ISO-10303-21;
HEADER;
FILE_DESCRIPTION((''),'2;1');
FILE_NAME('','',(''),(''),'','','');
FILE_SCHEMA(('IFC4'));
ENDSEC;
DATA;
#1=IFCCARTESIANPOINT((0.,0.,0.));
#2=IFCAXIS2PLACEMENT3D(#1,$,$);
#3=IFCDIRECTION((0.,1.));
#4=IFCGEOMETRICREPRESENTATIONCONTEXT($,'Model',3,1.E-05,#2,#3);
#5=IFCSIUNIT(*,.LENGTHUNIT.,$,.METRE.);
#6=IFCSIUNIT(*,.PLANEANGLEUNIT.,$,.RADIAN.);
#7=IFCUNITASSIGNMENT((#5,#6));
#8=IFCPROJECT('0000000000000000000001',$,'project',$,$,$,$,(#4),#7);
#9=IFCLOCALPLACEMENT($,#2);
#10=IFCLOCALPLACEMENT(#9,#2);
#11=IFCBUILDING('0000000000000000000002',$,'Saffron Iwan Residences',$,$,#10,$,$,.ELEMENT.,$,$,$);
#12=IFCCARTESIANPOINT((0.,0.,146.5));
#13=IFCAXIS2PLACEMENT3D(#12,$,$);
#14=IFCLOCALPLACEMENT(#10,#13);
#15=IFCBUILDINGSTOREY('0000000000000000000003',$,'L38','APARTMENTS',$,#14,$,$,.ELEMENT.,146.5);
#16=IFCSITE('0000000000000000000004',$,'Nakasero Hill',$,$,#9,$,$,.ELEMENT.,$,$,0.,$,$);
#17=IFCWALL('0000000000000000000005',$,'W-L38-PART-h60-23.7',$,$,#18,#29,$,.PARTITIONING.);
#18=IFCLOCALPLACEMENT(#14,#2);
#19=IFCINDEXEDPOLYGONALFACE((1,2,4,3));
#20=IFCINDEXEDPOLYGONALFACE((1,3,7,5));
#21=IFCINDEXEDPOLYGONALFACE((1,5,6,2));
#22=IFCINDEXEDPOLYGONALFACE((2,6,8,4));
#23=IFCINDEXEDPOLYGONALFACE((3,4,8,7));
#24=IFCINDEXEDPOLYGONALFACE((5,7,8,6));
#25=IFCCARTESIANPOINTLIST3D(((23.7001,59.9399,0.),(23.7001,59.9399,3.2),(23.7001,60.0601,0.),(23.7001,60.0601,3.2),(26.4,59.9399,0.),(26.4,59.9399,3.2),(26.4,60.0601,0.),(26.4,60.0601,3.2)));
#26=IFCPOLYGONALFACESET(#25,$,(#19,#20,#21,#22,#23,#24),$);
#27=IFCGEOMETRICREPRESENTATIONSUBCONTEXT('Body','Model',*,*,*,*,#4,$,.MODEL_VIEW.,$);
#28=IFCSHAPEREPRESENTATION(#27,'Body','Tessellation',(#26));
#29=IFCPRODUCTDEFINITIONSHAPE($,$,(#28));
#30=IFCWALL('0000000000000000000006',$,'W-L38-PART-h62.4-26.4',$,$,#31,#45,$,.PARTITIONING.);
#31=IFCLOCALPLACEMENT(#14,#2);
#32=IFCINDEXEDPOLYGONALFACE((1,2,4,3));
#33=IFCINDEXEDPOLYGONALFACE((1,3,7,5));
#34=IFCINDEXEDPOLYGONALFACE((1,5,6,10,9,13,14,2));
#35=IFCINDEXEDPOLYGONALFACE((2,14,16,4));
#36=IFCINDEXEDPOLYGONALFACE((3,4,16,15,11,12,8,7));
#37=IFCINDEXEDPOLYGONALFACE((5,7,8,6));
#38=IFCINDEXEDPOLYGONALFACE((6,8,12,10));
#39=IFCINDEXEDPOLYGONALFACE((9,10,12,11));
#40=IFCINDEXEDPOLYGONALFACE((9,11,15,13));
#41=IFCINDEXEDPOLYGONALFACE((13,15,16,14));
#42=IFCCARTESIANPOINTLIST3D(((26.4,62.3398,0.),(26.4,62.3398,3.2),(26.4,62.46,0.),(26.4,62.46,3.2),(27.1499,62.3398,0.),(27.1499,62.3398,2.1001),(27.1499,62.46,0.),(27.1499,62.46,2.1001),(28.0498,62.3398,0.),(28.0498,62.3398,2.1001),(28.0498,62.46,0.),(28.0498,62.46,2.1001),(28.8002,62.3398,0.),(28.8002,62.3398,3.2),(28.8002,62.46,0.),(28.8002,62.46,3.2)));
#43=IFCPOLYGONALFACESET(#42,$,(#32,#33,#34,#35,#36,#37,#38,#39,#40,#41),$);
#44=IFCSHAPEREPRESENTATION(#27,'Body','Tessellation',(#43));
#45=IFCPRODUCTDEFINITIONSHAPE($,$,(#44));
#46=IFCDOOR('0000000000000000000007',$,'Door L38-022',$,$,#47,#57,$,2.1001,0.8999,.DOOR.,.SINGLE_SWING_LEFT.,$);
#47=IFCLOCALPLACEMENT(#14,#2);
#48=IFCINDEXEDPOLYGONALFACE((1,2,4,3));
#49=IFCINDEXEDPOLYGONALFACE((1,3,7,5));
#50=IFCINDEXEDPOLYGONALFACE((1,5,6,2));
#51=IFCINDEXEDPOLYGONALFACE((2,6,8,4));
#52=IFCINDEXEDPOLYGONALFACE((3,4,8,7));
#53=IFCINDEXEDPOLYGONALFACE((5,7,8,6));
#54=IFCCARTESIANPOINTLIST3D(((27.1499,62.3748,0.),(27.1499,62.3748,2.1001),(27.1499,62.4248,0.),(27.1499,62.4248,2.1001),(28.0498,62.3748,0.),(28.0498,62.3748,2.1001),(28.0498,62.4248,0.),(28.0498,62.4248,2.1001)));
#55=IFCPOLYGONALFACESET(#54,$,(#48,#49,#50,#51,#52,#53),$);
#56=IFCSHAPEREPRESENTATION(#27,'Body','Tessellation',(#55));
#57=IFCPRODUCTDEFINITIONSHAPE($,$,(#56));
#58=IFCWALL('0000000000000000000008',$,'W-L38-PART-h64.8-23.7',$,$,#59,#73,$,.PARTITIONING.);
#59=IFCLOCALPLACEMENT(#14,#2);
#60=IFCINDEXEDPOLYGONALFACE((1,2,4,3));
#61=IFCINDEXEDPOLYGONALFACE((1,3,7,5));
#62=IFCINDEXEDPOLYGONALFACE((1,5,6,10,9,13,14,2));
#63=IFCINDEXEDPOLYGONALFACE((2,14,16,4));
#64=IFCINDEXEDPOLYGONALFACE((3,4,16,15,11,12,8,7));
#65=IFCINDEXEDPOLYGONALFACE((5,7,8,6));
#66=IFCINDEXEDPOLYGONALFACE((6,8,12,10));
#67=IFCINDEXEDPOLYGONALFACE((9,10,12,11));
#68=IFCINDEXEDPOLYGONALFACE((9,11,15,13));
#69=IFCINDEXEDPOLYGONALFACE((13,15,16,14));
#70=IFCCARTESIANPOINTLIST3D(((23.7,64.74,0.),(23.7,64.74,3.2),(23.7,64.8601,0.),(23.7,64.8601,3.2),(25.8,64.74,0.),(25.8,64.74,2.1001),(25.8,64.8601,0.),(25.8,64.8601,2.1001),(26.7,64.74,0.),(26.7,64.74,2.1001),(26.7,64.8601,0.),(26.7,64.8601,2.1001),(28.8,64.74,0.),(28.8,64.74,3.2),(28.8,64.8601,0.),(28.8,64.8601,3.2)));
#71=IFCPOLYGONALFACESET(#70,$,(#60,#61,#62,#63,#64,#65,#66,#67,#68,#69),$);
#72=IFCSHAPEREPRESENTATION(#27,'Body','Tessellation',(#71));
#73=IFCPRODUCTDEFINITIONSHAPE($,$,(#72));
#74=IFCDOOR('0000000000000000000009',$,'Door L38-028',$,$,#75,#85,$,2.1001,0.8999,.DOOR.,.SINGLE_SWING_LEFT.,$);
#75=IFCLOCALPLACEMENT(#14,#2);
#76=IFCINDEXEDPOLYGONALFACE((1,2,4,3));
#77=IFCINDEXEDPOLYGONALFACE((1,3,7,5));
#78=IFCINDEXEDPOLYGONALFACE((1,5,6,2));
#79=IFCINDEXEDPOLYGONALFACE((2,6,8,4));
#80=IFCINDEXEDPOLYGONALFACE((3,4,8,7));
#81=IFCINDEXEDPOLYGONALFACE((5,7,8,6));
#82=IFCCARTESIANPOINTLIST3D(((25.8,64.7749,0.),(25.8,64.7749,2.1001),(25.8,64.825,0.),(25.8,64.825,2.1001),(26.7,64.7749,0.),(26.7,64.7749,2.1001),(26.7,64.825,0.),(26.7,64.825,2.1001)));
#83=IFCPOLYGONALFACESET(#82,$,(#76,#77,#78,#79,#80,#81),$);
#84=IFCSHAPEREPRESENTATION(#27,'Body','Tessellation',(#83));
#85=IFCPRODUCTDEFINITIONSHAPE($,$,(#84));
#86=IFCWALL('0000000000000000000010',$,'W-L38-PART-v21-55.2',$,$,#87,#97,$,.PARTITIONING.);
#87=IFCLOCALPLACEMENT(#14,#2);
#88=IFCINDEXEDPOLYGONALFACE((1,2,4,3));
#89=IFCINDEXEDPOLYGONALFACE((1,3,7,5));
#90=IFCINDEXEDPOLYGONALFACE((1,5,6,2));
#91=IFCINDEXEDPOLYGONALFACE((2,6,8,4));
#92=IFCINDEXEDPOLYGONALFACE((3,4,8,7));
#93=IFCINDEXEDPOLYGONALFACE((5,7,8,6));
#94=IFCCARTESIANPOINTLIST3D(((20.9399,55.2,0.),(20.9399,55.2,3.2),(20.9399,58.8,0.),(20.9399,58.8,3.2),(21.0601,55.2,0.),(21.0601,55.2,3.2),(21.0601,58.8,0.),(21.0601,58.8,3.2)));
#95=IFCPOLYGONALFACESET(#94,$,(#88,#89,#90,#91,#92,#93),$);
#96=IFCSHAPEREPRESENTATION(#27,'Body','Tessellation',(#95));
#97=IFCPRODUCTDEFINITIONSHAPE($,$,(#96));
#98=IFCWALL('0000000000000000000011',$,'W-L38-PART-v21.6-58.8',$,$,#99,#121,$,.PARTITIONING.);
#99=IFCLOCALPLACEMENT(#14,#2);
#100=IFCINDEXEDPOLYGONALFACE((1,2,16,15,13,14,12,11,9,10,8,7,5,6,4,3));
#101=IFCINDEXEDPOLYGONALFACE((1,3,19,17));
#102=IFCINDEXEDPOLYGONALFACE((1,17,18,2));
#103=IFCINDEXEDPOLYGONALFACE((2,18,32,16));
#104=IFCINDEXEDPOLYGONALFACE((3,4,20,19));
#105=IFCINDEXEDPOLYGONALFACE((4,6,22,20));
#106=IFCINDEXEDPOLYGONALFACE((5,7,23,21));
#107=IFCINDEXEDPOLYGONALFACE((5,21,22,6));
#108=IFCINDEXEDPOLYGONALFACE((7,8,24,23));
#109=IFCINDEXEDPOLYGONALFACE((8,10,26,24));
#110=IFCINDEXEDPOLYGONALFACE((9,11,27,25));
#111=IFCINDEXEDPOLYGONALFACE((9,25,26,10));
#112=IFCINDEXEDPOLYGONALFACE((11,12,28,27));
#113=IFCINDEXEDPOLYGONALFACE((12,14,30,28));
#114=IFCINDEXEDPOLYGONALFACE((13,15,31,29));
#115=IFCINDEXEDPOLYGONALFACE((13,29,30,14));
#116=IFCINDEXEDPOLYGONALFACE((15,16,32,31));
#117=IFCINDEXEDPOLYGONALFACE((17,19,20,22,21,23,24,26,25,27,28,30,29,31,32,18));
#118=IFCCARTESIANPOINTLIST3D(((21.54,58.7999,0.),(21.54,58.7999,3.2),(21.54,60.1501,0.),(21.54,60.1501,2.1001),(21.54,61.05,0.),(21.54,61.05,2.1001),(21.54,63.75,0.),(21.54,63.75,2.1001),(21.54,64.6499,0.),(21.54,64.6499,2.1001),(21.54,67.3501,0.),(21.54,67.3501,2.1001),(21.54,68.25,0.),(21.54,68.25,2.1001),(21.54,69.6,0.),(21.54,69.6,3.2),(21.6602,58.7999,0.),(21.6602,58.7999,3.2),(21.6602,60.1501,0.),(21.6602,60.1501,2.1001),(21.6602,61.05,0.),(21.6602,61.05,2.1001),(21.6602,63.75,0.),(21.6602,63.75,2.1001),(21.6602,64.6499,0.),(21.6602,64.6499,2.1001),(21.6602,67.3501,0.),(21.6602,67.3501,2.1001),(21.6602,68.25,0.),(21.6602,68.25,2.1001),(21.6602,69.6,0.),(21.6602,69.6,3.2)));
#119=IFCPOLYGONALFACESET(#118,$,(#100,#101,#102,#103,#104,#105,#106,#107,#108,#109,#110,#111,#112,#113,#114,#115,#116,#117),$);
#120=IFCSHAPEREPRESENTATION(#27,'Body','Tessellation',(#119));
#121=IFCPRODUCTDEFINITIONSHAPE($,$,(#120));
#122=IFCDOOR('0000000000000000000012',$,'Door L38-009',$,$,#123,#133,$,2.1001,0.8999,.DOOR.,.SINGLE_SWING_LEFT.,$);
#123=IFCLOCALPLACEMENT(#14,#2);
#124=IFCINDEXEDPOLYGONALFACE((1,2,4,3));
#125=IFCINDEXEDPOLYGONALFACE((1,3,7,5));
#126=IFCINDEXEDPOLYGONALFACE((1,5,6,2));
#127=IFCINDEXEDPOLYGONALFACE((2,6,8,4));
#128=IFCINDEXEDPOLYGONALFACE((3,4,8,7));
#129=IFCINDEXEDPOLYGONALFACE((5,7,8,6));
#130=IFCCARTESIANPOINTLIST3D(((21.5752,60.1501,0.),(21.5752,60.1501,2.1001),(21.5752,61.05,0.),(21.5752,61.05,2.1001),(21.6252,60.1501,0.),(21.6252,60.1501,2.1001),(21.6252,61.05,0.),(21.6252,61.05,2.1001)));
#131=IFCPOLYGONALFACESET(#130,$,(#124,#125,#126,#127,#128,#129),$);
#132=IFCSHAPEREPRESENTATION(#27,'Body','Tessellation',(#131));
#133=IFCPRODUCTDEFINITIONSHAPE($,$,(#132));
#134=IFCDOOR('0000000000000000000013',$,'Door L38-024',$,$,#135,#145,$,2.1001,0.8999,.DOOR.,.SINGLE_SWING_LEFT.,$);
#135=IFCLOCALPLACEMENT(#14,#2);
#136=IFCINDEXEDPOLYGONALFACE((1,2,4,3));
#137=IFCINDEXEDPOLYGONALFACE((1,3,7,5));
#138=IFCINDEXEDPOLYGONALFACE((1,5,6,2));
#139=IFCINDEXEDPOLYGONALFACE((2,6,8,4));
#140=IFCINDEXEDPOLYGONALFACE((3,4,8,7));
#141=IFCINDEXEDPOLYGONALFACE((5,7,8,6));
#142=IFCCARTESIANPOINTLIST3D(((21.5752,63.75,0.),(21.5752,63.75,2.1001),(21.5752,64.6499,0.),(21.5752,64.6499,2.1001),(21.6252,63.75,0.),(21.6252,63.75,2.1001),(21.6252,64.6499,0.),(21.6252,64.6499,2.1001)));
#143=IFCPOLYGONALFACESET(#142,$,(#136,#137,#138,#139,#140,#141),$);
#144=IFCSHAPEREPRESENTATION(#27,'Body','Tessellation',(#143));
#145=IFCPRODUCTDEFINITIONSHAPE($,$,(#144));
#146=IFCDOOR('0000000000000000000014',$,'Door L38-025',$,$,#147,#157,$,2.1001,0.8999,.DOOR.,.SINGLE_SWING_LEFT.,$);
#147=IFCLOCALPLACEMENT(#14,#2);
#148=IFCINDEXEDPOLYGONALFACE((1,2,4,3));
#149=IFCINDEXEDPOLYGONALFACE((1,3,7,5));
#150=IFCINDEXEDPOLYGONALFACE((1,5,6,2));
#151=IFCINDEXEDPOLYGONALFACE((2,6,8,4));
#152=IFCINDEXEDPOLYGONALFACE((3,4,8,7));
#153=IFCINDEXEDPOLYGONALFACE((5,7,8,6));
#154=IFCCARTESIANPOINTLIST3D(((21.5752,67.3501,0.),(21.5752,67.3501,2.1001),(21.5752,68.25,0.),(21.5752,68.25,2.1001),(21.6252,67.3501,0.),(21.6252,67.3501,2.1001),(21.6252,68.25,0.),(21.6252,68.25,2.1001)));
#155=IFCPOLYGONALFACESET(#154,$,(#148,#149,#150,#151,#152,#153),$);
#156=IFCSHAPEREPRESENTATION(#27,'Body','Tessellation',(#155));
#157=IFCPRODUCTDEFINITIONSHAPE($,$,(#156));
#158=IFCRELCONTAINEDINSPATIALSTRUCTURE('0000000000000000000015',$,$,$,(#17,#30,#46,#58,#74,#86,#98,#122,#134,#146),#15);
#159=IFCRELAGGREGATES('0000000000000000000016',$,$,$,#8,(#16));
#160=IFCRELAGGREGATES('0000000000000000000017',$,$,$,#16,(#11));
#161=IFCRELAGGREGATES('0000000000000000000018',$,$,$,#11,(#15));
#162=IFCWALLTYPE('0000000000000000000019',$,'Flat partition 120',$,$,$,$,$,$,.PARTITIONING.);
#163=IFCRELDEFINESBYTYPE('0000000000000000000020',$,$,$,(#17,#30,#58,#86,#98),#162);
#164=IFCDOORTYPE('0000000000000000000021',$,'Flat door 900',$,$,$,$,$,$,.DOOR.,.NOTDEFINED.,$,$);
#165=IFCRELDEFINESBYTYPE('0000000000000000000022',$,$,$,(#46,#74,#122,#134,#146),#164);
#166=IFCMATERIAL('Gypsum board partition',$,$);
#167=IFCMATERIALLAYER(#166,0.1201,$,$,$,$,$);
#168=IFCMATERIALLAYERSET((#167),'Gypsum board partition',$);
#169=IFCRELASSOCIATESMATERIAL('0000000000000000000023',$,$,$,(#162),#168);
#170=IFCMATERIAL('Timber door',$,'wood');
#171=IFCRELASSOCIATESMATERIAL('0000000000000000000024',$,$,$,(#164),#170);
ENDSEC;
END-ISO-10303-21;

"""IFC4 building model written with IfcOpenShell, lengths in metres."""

from ifc_helpers import new_model, si_unit, direction, frame, frame_2d, origin, place, context, subcontext, project, spatial, rectangle, extrude, material, layer, layer_set, type_object, element, fill, save


model = new_model("IFC4")

# Units and contexts
model_context = context("Model", 3, precision=1e-05, world=origin(), true_north=direction((0.0, 1.0)))
body_context = subcontext(model_context, "Body", "Model", "MODEL_VIEW")
ifc_project = project(units=[si_unit("LENGTHUNIT", "METRE"), si_unit("PLANEANGLEUNIT", "RADIAN")], contexts=[model_context])

# Site, building, storey
site_placement = place(None, origin())
site = spatial("IfcSite", under=ifc_project, at=site_placement, Name="Nakasero Hill", CompositionType="ELEMENT", RefElevation=0.0)
building_placement = place(site_placement, origin())
building = spatial("IfcBuilding", under=site, at=building_placement, Name="Saffron Iwan Residences", CompositionType="ELEMENT")
storey_placement = place(building_placement, frame((0.0, 0.0, 146.5)))
storey = spatial("IfcBuildingStorey", under=building, at=storey_placement, Name="L38", Description="APARTMENTS", CompositionType="ELEMENT", Elevation=146.5)

# Shared definitions
ifc_material_1 = material(Name="Gypsum board partition")
ifc_layer_1 = layer(ifc_material_1, 0.1201)
ifc_layer_set_1 = layer_set([ifc_layer_1], Name="Gypsum board partition")
wall_type_1 = type_object("IfcWallType", Name="Flat partition 120", PredefinedType="PARTITIONING", material=ifc_layer_set_1)

# Shared definitions
ifc_material_2 = material(Name="Timber door", Category="wood")

# Wall
wall_1_placement = place(storey_placement, frame((23.7, 60.0, 0.0), z_axis=(0.0, 0.0, 1.0), x_axis=(1.0, 0.0, 0.0)))
element("IfcWall", 1, at=wall_1_placement, inside=storey, type_object=wall_type_1, Name="W-L38-PART-h60-23.7", PredefinedType="PARTITIONING", context=body_context, shape_type="SweptSolid", body=[
    extrude(rectangle(XDim=2.7, YDim=0.1201, at=frame_2d((1.3501, 0.0))), origin(), (0.0, 0.0, 1.0), 3.2),
])

# Walls, openings, doors
wall_2_placement = place(storey_placement, frame((26.3999, 62.3999, 0.0), z_axis=(0.0, 0.0, 1.0), x_axis=(1.0, 0.0, 0.0)))
wall_2 = element("IfcWall", 2, at=wall_2_placement, inside=storey, type_object=wall_type_1, Name="W-L38-PART-h62.4-26.4", PredefinedType="PARTITIONING", context=body_context, shape_type="SweptSolid", body=[
    extrude(rectangle(XDim=2.4001, YDim=0.1201, at=frame_2d((1.2002, 0.0))), origin(), (0.0, 0.0, 1.0), 3.2),
])
opening_1_placement = place(wall_2_placement, frame((0.75, 0.0, 0.0)))
opening_1 = element("IfcOpeningElement", 3, at=opening_1_placement, cuts=wall_2, PredefinedType="OPENING", context=body_context, shape_type="SweptSolid", body=[
    extrude(rectangle(XDim=0.8999, YDim=2.1001, at=frame_2d((0.45, 1.05))), frame((0.0, 0.0701, 0.0), z_axis=(0.0, -1.0, 0.0), x_axis=(1.0, 0.0, 0.0)), (0.0, 0.0, 1.0), 0.1401),
])
door_type_1 = type_object("IfcDoorType", Name="Flat door 900", OperationType="NOTDEFINED", PredefinedType="DOOR", material=ifc_material_2)
door_1_placement = place(opening_1_placement, origin())
door_1 = element("IfcDoor", 4, at=door_1_placement, inside=storey, type_object=door_type_1, Name="Door L38-022", OperationType="SINGLE_SWING_LEFT", OverallHeight=2.1001, OverallWidth=0.8999, PredefinedType="DOOR", context=body_context, shape_type="SweptSolid", body=[
    extrude(rectangle(XDim=0.8999, YDim=2.1001, at=frame_2d((0.45, 1.05))), frame((0.0, 0.0249, 0.0), z_axis=(0.0, -1.0, 0.0), x_axis=(1.0, 0.0, 0.0)), (0.0, 0.0, 1.0), 0.05),
])
fill(opening_1, door_1)
wall_3_placement = place(storey_placement, frame((23.7, 64.8, 0.0), z_axis=(0.0, 0.0, 1.0), x_axis=(1.0, 0.0, 0.0)))
wall_3 = element("IfcWall", 5, at=wall_3_placement, inside=storey, type_object=wall_type_1, Name="W-L38-PART-h64.8-23.7", PredefinedType="PARTITIONING", context=body_context, shape_type="SweptSolid", body=[
    extrude(rectangle(XDim=5.1001, YDim=0.1201, at=frame_2d((2.55, 0.0))), origin(), (0.0, 0.0, 1.0), 3.2),
])
opening_2_placement = place(wall_3_placement, frame((2.1001, 0.0, 0.0)))
opening_2 = element("IfcOpeningElement", 6, at=opening_2_placement, cuts=wall_3, PredefinedType="OPENING", context=body_context, shape_type="SweptSolid", body=[
    extrude(rectangle(XDim=0.8999, YDim=2.1001, at=frame_2d((0.45, 1.05))), frame((0.0, 0.0701, 0.0), z_axis=(0.0, -1.0, 0.0), x_axis=(1.0, 0.0, 0.0)), (0.0, 0.0, 1.0), 0.1401),
])
door_2_placement = place(opening_2_placement, origin())
door_2 = element("IfcDoor", 7, at=door_2_placement, inside=storey, type_object=door_type_1, Name="Door L38-028", OperationType="SINGLE_SWING_LEFT", OverallHeight=2.1001, OverallWidth=0.8999, PredefinedType="DOOR", context=body_context, shape_type="SweptSolid", body=[
    extrude(rectangle(XDim=0.8999, YDim=2.1001, at=frame_2d((0.45, 1.05))), frame((0.0, 0.0249, 0.0), z_axis=(0.0, -1.0, 0.0), x_axis=(1.0, 0.0, 0.0)), (0.0, 0.0, 1.0), 0.05),
])
fill(opening_2, door_2)

# Wall
wall_4_placement = place(storey_placement, frame((21.0, 55.2, 0.0), z_axis=(0.0, 0.0, 1.0), x_axis=(0.0, 1.0, 0.0)))
element("IfcWall", 8, at=wall_4_placement, inside=storey, type_object=wall_type_1, Name="W-L38-PART-v21-55.2", PredefinedType="PARTITIONING", context=body_context, shape_type="SweptSolid", body=[
    extrude(rectangle(XDim=3.6001, YDim=0.1201, at=frame_2d((1.8, 0.0))), origin(), (0.0, 0.0, 1.0), 3.2),
])

# Wall, openings, doors
wall_5_placement = place(storey_placement, frame((21.6001, 58.8, 0.0), z_axis=(0.0, 0.0, 1.0), x_axis=(0.0, 1.0, 0.0)))
wall_5 = element("IfcWall", 9, at=wall_5_placement, inside=storey, type_object=wall_type_1, Name="W-L38-PART-v21.6-58.8", PredefinedType="PARTITIONING", context=body_context, shape_type="SweptSolid", body=[
    extrude(rectangle(XDim=10.8, YDim=0.1201, at=frame_2d((5.3999, 0.0))), origin(), (0.0, 0.0, 1.0), 3.2),
])
opening_3_placement = place(wall_5_placement, frame((1.3501, 0.0, 0.0)))
opening_3 = element("IfcOpeningElement", 10, at=opening_3_placement, cuts=wall_5, PredefinedType="OPENING", context=body_context, shape_type="SweptSolid", body=[
    extrude(rectangle(XDim=0.8999, YDim=2.1001, at=frame_2d((0.45, 1.05))), frame((0.0, 0.0701, 0.0), z_axis=(0.0, -1.0, 0.0), x_axis=(1.0, 0.0, 0.0)), (0.0, 0.0, 1.0), 0.1401),
])
opening_4_placement = place(wall_5_placement, frame((4.95, 0.0, 0.0)))
opening_4 = element("IfcOpeningElement", 11, at=opening_4_placement, cuts=wall_5, PredefinedType="OPENING", context=body_context, shape_type="SweptSolid", body=[
    extrude(rectangle(XDim=0.8999, YDim=2.1001, at=frame_2d((0.45, 1.05))), frame((0.0, 0.0701, 0.0), z_axis=(0.0, -1.0, 0.0), x_axis=(1.0, 0.0, 0.0)), (0.0, 0.0, 1.0), 0.1401),
])
opening_5_placement = place(wall_5_placement, frame((8.55, 0.0, 0.0)))
opening_5 = element("IfcOpeningElement", 12, at=opening_5_placement, cuts=wall_5, PredefinedType="OPENING", context=body_context, shape_type="SweptSolid", body=[
    extrude(rectangle(XDim=0.8999, YDim=2.1001, at=frame_2d((0.45, 1.05))), frame((0.0, 0.0701, 0.0), z_axis=(0.0, -1.0, 0.0), x_axis=(1.0, 0.0, 0.0)), (0.0, 0.0, 1.0), 0.1401),
])
door_3_placement = place(opening_3_placement, origin())
door_3 = element("IfcDoor", 13, at=door_3_placement, inside=storey, type_object=door_type_1, Name="Door L38-009", OperationType="SINGLE_SWING_LEFT", OverallHeight=2.1001, OverallWidth=0.8999, PredefinedType="DOOR", context=body_context, shape_type="SweptSolid", body=[
    extrude(rectangle(XDim=0.8999, YDim=2.1001, at=frame_2d((0.45, 1.05))), frame((0.0, 0.0249, 0.0), z_axis=(0.0, -1.0, 0.0), x_axis=(1.0, 0.0, 0.0)), (0.0, 0.0, 1.0), 0.05),
])
fill(opening_3, door_3)
door_4_placement = place(opening_4_placement, origin())
door_4 = element("IfcDoor", 14, at=door_4_placement, inside=storey, type_object=door_type_1, Name="Door L38-024", OperationType="SINGLE_SWING_LEFT", OverallHeight=2.1001, OverallWidth=0.8999, PredefinedType="DOOR", context=body_context, shape_type="SweptSolid", body=[
    extrude(rectangle(XDim=0.8999, YDim=2.1001, at=frame_2d((0.45, 1.05))), frame((0.0, 0.0249, 0.0), z_axis=(0.0, -1.0, 0.0), x_axis=(1.0, 0.0, 0.0)), (0.0, 0.0, 1.0), 0.05),
])
fill(opening_4, door_4)
door_5_placement = place(opening_5_placement, origin())
door_5 = element("IfcDoor", 15, at=door_5_placement, inside=storey, type_object=door_type_1, Name="Door L38-025", OperationType="SINGLE_SWING_LEFT", OverallHeight=2.1001, OverallWidth=0.8999, PredefinedType="DOOR", context=body_context, shape_type="SweptSolid", body=[
    extrude(rectangle(XDim=0.8999, YDim=2.1001, at=frame_2d((0.45, 1.05))), frame((0.0, 0.0249, 0.0), z_axis=(0.0, -1.0, 0.0), x_axis=(1.0, 0.0, 0.0)), (0.0, 0.0, 1.0), 0.05),
])
fill(opening_5, door_5)

save(model, "model.ifc")
